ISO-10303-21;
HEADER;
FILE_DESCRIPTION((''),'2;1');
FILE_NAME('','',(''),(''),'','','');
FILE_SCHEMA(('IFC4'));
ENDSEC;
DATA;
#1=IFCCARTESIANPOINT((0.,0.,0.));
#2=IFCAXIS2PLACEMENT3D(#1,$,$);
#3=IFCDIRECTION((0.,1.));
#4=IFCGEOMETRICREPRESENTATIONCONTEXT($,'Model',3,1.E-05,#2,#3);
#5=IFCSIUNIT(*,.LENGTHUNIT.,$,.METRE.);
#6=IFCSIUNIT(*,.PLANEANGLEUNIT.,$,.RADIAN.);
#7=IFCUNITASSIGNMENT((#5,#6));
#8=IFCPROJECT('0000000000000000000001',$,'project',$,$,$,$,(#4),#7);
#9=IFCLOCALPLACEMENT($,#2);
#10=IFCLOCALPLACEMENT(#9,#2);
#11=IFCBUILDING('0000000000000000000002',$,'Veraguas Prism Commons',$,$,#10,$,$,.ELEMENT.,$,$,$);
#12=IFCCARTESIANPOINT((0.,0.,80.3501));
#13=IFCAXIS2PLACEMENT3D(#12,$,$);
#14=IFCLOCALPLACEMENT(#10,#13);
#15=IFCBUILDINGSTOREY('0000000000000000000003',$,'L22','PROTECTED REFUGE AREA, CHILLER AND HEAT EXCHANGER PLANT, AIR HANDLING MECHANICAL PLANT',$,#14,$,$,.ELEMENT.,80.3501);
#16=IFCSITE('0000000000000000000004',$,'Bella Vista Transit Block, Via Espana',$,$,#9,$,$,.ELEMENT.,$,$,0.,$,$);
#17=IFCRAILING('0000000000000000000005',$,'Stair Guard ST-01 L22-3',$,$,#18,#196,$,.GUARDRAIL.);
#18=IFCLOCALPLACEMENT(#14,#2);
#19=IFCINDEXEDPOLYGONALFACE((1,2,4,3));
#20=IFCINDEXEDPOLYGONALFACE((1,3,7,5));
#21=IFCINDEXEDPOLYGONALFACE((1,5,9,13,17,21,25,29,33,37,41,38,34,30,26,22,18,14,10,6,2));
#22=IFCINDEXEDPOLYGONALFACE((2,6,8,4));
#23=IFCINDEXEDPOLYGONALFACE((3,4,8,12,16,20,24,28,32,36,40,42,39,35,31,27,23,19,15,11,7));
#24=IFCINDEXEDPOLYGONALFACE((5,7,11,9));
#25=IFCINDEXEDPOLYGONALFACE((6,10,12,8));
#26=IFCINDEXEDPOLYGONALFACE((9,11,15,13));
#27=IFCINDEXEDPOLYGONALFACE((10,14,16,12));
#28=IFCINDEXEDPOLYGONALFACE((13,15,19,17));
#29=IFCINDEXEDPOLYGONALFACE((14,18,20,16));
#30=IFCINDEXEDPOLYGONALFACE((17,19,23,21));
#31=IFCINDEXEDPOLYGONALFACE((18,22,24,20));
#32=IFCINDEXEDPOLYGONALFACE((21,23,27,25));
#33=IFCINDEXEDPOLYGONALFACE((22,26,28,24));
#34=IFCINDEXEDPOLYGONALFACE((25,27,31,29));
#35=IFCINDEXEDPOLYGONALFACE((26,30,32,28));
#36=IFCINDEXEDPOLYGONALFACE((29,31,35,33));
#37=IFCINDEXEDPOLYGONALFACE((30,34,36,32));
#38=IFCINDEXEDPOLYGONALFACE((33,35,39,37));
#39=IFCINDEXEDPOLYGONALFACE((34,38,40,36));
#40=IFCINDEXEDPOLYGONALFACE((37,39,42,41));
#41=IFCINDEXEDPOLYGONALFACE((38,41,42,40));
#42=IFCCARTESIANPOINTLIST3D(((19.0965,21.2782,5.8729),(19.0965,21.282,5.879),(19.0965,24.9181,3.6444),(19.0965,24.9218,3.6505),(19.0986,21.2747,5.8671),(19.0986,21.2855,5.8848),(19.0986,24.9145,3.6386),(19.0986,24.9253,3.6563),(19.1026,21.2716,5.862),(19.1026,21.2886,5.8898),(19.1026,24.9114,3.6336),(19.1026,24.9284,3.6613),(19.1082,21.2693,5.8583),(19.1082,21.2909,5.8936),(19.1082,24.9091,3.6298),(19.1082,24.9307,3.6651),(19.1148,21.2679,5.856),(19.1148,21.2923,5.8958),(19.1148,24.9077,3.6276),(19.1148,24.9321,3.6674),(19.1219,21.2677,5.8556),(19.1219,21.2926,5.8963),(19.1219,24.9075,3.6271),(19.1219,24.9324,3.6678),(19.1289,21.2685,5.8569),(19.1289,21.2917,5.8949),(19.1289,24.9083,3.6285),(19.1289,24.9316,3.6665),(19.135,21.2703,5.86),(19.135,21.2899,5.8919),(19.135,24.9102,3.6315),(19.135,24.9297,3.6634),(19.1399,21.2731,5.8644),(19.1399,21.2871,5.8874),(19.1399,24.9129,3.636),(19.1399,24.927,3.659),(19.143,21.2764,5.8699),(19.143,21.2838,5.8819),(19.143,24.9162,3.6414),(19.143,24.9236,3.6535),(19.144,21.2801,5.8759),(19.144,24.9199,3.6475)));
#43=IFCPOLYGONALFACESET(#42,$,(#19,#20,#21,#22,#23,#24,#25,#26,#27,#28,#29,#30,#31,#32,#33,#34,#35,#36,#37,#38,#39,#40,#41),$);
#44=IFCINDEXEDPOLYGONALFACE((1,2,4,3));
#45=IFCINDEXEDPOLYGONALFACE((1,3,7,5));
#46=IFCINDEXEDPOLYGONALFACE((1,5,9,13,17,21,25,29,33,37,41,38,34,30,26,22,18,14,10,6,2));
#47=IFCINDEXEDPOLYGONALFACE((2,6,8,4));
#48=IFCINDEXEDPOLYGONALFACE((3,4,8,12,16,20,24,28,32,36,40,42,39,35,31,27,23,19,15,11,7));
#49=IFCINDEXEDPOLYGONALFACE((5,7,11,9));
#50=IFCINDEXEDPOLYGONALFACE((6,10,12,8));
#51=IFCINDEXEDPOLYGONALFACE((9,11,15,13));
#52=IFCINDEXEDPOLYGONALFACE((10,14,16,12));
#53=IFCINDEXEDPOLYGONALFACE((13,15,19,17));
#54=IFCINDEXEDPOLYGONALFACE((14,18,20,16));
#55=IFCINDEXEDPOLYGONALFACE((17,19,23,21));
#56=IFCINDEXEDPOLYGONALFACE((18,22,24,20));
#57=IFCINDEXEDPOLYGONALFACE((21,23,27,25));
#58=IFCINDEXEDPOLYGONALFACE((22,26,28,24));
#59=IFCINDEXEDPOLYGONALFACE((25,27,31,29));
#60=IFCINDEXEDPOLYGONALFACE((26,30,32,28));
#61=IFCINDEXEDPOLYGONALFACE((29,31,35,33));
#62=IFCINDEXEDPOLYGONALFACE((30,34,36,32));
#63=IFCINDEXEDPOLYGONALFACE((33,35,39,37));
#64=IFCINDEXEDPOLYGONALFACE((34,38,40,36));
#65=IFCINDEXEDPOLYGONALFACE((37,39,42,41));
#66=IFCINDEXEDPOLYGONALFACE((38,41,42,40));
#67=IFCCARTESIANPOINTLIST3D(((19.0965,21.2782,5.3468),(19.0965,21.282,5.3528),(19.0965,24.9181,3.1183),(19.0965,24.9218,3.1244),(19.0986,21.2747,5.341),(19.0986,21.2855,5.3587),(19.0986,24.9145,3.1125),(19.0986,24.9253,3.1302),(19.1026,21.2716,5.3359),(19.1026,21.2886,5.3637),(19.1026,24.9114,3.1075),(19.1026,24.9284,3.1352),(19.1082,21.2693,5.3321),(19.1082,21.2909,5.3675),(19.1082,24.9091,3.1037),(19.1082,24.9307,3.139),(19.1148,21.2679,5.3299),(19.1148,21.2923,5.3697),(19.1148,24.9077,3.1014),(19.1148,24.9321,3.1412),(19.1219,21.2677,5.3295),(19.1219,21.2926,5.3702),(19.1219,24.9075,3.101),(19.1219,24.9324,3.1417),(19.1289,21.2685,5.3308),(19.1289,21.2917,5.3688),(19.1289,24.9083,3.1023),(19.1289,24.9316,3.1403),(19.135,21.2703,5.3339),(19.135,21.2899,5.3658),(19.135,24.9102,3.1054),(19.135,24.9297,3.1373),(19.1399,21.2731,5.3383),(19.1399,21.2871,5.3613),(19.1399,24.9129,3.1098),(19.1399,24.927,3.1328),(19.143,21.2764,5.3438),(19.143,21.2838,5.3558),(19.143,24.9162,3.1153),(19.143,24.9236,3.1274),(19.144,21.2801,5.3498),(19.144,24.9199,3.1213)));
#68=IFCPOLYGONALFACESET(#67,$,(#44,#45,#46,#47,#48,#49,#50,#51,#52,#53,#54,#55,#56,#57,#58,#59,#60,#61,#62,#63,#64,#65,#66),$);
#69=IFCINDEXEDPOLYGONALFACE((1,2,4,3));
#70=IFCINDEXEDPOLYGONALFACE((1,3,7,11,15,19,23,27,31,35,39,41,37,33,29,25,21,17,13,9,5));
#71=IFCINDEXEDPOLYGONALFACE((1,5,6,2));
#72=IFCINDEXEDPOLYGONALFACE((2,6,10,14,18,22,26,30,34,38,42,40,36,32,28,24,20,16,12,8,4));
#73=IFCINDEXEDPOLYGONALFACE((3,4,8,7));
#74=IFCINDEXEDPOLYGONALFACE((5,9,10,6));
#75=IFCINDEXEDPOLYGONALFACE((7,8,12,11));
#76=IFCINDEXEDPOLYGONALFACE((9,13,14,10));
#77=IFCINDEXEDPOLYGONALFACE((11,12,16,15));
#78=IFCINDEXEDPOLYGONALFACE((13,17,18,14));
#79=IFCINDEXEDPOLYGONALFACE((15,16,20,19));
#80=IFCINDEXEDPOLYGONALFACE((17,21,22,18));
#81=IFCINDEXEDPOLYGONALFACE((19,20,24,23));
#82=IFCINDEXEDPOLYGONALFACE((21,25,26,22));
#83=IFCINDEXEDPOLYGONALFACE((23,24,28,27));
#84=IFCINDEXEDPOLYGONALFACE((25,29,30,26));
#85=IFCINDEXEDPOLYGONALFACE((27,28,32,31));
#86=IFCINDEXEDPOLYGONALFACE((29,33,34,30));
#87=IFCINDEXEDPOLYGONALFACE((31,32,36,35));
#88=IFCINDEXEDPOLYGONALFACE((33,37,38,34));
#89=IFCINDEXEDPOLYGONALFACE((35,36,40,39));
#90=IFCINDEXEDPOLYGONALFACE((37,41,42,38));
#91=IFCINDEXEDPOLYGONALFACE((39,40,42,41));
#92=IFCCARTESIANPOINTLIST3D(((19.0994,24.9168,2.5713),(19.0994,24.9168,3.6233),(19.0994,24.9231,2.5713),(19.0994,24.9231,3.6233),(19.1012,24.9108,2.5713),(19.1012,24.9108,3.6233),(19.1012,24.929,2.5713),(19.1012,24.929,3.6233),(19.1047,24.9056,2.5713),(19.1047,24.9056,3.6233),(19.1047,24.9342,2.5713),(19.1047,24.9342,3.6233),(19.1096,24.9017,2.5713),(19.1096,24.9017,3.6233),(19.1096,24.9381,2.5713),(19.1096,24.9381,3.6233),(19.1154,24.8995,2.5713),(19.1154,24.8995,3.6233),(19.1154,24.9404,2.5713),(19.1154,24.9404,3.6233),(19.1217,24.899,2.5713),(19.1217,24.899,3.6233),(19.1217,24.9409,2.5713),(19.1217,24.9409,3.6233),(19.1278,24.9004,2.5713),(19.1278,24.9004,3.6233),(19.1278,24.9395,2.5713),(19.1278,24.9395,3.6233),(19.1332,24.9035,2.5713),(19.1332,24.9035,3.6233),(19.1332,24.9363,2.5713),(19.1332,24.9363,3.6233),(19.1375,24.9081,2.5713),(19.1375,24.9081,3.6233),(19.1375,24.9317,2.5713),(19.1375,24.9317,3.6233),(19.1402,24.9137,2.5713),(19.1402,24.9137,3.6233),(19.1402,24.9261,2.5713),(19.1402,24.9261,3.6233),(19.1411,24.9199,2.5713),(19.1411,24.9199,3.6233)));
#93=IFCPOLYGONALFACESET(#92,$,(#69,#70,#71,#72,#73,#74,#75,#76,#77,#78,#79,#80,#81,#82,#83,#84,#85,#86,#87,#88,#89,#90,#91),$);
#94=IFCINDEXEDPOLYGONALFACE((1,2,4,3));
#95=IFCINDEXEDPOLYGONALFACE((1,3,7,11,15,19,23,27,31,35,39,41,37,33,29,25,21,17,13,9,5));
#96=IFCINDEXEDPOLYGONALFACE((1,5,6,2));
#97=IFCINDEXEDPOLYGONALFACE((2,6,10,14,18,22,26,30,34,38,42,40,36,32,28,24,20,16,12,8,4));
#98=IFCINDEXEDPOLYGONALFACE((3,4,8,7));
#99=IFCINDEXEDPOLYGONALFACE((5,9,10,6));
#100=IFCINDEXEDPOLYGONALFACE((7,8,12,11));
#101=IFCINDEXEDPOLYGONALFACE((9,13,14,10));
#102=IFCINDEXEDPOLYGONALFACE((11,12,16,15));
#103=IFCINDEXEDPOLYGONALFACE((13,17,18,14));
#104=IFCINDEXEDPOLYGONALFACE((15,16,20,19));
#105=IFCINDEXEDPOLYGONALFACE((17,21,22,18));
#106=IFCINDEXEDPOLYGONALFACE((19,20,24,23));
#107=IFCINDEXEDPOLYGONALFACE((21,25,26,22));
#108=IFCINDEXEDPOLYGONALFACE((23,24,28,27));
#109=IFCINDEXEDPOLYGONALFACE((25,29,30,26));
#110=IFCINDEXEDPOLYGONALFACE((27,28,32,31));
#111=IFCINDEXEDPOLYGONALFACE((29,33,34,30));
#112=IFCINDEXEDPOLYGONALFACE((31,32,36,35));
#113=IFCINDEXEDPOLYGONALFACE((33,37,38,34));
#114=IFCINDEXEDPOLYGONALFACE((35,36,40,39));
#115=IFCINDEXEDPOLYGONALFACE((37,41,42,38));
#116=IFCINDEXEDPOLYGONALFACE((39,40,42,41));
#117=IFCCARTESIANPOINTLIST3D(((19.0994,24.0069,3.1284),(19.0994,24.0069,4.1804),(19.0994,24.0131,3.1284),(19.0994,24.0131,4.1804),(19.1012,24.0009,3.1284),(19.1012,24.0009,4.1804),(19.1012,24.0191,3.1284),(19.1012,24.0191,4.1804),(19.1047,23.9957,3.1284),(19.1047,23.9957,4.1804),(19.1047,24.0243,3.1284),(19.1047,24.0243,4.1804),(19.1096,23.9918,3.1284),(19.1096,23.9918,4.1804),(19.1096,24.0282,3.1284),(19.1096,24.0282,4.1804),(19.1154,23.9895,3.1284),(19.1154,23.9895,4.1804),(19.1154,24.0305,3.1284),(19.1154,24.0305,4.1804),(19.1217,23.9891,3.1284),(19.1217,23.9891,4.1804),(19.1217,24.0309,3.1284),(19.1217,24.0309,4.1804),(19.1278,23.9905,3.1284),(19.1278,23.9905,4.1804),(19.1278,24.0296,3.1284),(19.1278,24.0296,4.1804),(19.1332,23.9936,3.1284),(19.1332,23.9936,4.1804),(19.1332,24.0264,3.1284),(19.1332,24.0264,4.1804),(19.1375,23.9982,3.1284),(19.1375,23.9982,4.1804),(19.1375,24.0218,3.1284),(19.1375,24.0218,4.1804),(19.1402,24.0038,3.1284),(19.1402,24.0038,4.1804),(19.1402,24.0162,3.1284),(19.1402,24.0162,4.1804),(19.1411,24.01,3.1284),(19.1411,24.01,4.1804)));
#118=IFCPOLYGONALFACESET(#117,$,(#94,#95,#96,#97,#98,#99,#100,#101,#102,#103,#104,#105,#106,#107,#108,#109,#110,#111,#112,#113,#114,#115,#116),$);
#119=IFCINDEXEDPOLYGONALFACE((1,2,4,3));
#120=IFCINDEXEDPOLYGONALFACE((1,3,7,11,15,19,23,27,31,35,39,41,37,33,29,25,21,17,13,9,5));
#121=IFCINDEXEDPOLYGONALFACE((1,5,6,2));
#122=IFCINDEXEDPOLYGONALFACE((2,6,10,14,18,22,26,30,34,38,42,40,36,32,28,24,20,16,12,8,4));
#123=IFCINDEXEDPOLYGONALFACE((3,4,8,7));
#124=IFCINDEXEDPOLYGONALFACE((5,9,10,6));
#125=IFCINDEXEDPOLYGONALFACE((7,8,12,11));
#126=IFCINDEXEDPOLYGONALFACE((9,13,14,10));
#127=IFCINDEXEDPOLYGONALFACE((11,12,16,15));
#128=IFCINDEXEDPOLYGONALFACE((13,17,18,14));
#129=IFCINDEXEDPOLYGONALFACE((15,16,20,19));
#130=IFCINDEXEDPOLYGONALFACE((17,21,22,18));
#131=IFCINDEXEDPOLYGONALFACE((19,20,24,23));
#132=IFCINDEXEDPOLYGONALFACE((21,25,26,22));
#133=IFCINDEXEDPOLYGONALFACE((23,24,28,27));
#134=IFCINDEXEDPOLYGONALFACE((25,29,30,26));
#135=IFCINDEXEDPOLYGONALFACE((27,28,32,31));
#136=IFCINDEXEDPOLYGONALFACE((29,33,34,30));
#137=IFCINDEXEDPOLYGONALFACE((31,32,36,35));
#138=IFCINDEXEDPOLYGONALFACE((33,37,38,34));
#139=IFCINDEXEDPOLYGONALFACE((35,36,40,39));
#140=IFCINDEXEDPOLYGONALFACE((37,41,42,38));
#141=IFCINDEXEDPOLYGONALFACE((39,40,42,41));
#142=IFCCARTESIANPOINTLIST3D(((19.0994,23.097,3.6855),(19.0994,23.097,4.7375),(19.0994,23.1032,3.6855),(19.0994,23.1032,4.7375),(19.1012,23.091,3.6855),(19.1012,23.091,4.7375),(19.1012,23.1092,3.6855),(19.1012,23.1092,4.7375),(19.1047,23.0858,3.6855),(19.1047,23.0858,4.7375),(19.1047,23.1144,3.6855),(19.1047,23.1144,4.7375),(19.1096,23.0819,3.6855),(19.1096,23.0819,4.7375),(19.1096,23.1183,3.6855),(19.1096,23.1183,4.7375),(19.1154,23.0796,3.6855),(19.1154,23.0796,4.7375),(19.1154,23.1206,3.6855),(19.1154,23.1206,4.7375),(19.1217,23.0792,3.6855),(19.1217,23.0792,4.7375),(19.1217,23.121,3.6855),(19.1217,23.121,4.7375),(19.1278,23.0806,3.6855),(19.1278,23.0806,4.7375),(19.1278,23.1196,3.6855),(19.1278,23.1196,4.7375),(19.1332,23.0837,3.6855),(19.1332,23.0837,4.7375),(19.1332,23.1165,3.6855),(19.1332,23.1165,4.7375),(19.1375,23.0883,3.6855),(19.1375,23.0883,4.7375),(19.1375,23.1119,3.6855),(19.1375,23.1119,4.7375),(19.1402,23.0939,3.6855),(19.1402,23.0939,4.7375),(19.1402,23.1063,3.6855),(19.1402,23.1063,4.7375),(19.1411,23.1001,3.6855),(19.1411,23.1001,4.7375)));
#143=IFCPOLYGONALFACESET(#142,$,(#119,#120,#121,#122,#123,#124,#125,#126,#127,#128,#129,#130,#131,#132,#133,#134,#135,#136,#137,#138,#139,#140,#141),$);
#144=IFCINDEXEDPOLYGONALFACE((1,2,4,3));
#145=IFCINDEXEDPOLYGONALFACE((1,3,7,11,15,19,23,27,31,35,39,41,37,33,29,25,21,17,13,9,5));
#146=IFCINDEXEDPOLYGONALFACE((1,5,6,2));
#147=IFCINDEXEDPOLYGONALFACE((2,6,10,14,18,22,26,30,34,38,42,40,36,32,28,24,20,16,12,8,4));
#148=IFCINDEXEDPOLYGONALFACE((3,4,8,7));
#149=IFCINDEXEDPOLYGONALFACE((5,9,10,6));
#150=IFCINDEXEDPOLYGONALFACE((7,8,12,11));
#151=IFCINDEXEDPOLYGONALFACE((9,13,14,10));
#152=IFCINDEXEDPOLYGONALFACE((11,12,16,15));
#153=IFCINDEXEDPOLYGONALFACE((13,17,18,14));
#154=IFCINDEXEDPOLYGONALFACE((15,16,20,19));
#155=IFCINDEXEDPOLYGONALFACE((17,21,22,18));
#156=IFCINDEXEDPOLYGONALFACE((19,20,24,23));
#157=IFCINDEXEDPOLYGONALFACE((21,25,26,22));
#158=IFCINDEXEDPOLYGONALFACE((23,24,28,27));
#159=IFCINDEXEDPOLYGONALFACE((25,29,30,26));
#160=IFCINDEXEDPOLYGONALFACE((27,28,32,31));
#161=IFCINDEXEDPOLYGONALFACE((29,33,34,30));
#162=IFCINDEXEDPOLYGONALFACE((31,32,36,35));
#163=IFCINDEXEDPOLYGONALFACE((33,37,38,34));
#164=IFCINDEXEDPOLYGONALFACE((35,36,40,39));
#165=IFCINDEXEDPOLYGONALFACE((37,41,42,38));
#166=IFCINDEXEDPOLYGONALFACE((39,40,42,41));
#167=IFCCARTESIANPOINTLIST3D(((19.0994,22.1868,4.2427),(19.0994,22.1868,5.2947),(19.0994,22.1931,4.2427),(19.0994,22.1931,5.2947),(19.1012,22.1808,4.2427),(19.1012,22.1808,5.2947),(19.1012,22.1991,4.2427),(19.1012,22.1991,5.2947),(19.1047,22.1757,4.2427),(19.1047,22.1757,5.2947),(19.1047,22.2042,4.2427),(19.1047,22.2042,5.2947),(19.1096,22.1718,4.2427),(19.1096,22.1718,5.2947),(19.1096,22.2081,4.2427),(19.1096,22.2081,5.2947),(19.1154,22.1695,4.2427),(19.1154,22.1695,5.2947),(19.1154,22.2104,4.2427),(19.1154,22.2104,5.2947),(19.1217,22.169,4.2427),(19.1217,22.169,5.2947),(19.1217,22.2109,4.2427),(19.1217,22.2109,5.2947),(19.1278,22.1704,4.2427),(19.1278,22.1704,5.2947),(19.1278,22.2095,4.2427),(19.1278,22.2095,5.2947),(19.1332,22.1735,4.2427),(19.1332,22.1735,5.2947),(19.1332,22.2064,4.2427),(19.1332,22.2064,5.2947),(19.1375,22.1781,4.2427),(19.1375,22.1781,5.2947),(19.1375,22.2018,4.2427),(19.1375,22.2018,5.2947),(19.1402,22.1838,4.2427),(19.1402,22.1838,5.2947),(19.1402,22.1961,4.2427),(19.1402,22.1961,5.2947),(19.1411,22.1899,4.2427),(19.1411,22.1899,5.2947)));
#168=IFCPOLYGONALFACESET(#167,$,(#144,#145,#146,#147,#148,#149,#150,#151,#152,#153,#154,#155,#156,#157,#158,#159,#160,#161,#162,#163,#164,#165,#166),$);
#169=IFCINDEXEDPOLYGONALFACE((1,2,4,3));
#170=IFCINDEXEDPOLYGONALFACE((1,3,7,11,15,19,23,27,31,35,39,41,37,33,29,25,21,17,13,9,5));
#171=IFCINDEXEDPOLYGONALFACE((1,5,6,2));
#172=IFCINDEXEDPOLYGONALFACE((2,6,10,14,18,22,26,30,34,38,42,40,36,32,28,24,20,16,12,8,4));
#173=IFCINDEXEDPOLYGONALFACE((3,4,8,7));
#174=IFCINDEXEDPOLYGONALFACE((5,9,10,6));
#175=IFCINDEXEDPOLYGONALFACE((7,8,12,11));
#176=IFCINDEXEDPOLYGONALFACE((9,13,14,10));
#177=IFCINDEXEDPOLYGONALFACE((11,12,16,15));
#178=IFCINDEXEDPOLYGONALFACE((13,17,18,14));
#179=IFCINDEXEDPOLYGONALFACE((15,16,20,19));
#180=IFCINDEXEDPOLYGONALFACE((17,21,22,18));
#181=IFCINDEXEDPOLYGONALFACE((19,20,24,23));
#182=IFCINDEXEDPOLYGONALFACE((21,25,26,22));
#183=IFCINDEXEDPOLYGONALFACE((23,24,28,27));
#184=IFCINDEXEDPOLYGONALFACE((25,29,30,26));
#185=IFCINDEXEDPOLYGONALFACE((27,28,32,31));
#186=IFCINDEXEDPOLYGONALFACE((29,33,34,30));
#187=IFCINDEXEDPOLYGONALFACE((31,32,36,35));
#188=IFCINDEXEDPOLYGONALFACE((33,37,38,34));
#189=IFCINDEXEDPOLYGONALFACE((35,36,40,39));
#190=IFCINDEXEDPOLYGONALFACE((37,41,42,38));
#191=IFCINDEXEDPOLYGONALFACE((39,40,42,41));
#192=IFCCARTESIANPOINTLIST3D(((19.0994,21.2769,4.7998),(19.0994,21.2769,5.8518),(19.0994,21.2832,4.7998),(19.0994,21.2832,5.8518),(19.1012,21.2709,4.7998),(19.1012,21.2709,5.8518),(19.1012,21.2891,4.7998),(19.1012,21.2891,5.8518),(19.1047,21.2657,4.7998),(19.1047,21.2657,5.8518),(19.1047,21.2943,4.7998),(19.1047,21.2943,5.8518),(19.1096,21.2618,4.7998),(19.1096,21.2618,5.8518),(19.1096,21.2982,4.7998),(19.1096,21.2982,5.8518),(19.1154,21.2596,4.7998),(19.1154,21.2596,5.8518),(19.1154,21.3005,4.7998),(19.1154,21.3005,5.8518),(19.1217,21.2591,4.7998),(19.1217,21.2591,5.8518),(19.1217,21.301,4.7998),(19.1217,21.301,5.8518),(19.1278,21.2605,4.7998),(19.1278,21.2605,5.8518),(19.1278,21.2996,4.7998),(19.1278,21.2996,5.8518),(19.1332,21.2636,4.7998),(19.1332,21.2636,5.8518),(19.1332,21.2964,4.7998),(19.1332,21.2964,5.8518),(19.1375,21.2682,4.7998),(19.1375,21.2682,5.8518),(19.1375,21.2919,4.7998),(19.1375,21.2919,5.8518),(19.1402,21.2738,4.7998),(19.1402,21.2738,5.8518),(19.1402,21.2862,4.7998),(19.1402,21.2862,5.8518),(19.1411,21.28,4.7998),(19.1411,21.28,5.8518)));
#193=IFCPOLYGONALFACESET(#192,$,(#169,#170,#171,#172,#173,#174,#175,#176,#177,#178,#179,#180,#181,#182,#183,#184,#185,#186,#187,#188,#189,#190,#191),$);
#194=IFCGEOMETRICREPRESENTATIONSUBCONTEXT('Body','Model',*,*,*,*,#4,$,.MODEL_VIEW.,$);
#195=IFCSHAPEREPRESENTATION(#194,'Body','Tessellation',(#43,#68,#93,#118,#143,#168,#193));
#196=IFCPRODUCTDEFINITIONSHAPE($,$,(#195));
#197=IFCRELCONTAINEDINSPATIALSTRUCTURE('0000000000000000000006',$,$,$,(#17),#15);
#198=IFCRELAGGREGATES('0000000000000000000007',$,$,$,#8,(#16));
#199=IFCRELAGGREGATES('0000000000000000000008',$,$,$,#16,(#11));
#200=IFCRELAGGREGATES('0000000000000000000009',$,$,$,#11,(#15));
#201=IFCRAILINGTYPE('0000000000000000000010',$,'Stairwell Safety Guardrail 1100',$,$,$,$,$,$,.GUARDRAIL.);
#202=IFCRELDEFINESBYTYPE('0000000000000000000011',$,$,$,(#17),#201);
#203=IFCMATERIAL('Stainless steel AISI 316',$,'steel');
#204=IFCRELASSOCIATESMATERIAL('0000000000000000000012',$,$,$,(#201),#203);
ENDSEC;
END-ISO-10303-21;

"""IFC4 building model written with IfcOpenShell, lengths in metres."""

from ifc_helpers import new_model, si_unit, direction, frame, origin, origin_2d, place, context, subcontext, project, spatial, circle, extrude, material, type_object, element, save


model = new_model("IFC4")

# Units and contexts
model_context = context("Model", 3, precision=1e-05, world=origin(), true_north=direction((0.0, 1.0)))
body_context = subcontext(model_context, "Body", "Model", "MODEL_VIEW")
ifc_project = project(units=[si_unit("LENGTHUNIT", "METRE"), si_unit("PLANEANGLEUNIT", "RADIAN")], contexts=[model_context])

# Site, building, storey
site_placement = place(None, origin())
site = spatial("IfcSite", under=ifc_project, at=site_placement, Name="Bella Vista Transit Block, Via Espana", CompositionType="ELEMENT", RefElevation=0.0)
building_placement = place(site_placement, origin())
building = spatial("IfcBuilding", under=site, at=building_placement, Name="Veraguas Prism Commons", CompositionType="ELEMENT")
storey_placement = place(building_placement, frame((0.0, 0.0, 80.3501)))
storey = spatial("IfcBuildingStorey", under=building, at=storey_placement, Name="L22", Description="PROTECTED REFUGE AREA, CHILLER AND HEAT EXCHANGER PLANT, AIR HANDLING MECHANICAL PLANT", CompositionType="ELEMENT", Elevation=80.3501)

# Shared definitions
ifc_material_1 = material(Name="Stainless steel AISI 316", Category="steel")

# Railing
railing_type_1 = type_object("IfcRailingType", Name="Stairwell Safety Guardrail 1100", PredefinedType="GUARDRAIL", material=ifc_material_1)
railing_1_placement = place(storey_placement, frame((19.1201, 24.9199, 2.5713)))
element("IfcRailing", 1, at=railing_1_placement, inside=storey, type_object=railing_type_1, Name="Stair Guard ST-01 L22-3", PredefinedType="GUARDRAIL", context=body_context, shape_type="SweptSolid", body=[
    extrude(circle(Radius=0.0239, at=origin_2d()), frame((0.0, 0.0, 1.0762), z_axis=(0.0, -0.85285, 0.522156), x_axis=(1.0, 0.0, 0.0)), (0.0, 0.0, 1.0), 4.2678),
    extrude(circle(Radius=0.0239, at=origin_2d()), frame((0.0, 0.0, 0.55), z_axis=(0.0, -0.85285, 0.522156), x_axis=(1.0, 0.0, 0.0)), (0.0, 0.0, 1.0), 4.2678),
    extrude(circle(Radius=0.021, at=origin_2d()), origin(), (0.0, 0.0, 1.0), 1.052),
    extrude(circle(Radius=0.021, at=origin_2d()), frame((0.0, -0.9099, 0.5571)), (0.0, 0.0, 1.0), 1.052),
    extrude(circle(Radius=0.021, at=origin_2d()), frame((0.0, -1.8198, 1.1143)), (0.0, 0.0, 1.0), 1.052),
    extrude(circle(Radius=0.021, at=origin_2d()), frame((0.0, -2.73, 1.6714)), (0.0, 0.0, 1.0), 1.052),
    extrude(circle(Radius=0.021, at=origin_2d()), frame((0.0, -3.6399, 2.2285)), (0.0, 0.0, 1.0), 1.052),
])

save(model, "model.ifc")
